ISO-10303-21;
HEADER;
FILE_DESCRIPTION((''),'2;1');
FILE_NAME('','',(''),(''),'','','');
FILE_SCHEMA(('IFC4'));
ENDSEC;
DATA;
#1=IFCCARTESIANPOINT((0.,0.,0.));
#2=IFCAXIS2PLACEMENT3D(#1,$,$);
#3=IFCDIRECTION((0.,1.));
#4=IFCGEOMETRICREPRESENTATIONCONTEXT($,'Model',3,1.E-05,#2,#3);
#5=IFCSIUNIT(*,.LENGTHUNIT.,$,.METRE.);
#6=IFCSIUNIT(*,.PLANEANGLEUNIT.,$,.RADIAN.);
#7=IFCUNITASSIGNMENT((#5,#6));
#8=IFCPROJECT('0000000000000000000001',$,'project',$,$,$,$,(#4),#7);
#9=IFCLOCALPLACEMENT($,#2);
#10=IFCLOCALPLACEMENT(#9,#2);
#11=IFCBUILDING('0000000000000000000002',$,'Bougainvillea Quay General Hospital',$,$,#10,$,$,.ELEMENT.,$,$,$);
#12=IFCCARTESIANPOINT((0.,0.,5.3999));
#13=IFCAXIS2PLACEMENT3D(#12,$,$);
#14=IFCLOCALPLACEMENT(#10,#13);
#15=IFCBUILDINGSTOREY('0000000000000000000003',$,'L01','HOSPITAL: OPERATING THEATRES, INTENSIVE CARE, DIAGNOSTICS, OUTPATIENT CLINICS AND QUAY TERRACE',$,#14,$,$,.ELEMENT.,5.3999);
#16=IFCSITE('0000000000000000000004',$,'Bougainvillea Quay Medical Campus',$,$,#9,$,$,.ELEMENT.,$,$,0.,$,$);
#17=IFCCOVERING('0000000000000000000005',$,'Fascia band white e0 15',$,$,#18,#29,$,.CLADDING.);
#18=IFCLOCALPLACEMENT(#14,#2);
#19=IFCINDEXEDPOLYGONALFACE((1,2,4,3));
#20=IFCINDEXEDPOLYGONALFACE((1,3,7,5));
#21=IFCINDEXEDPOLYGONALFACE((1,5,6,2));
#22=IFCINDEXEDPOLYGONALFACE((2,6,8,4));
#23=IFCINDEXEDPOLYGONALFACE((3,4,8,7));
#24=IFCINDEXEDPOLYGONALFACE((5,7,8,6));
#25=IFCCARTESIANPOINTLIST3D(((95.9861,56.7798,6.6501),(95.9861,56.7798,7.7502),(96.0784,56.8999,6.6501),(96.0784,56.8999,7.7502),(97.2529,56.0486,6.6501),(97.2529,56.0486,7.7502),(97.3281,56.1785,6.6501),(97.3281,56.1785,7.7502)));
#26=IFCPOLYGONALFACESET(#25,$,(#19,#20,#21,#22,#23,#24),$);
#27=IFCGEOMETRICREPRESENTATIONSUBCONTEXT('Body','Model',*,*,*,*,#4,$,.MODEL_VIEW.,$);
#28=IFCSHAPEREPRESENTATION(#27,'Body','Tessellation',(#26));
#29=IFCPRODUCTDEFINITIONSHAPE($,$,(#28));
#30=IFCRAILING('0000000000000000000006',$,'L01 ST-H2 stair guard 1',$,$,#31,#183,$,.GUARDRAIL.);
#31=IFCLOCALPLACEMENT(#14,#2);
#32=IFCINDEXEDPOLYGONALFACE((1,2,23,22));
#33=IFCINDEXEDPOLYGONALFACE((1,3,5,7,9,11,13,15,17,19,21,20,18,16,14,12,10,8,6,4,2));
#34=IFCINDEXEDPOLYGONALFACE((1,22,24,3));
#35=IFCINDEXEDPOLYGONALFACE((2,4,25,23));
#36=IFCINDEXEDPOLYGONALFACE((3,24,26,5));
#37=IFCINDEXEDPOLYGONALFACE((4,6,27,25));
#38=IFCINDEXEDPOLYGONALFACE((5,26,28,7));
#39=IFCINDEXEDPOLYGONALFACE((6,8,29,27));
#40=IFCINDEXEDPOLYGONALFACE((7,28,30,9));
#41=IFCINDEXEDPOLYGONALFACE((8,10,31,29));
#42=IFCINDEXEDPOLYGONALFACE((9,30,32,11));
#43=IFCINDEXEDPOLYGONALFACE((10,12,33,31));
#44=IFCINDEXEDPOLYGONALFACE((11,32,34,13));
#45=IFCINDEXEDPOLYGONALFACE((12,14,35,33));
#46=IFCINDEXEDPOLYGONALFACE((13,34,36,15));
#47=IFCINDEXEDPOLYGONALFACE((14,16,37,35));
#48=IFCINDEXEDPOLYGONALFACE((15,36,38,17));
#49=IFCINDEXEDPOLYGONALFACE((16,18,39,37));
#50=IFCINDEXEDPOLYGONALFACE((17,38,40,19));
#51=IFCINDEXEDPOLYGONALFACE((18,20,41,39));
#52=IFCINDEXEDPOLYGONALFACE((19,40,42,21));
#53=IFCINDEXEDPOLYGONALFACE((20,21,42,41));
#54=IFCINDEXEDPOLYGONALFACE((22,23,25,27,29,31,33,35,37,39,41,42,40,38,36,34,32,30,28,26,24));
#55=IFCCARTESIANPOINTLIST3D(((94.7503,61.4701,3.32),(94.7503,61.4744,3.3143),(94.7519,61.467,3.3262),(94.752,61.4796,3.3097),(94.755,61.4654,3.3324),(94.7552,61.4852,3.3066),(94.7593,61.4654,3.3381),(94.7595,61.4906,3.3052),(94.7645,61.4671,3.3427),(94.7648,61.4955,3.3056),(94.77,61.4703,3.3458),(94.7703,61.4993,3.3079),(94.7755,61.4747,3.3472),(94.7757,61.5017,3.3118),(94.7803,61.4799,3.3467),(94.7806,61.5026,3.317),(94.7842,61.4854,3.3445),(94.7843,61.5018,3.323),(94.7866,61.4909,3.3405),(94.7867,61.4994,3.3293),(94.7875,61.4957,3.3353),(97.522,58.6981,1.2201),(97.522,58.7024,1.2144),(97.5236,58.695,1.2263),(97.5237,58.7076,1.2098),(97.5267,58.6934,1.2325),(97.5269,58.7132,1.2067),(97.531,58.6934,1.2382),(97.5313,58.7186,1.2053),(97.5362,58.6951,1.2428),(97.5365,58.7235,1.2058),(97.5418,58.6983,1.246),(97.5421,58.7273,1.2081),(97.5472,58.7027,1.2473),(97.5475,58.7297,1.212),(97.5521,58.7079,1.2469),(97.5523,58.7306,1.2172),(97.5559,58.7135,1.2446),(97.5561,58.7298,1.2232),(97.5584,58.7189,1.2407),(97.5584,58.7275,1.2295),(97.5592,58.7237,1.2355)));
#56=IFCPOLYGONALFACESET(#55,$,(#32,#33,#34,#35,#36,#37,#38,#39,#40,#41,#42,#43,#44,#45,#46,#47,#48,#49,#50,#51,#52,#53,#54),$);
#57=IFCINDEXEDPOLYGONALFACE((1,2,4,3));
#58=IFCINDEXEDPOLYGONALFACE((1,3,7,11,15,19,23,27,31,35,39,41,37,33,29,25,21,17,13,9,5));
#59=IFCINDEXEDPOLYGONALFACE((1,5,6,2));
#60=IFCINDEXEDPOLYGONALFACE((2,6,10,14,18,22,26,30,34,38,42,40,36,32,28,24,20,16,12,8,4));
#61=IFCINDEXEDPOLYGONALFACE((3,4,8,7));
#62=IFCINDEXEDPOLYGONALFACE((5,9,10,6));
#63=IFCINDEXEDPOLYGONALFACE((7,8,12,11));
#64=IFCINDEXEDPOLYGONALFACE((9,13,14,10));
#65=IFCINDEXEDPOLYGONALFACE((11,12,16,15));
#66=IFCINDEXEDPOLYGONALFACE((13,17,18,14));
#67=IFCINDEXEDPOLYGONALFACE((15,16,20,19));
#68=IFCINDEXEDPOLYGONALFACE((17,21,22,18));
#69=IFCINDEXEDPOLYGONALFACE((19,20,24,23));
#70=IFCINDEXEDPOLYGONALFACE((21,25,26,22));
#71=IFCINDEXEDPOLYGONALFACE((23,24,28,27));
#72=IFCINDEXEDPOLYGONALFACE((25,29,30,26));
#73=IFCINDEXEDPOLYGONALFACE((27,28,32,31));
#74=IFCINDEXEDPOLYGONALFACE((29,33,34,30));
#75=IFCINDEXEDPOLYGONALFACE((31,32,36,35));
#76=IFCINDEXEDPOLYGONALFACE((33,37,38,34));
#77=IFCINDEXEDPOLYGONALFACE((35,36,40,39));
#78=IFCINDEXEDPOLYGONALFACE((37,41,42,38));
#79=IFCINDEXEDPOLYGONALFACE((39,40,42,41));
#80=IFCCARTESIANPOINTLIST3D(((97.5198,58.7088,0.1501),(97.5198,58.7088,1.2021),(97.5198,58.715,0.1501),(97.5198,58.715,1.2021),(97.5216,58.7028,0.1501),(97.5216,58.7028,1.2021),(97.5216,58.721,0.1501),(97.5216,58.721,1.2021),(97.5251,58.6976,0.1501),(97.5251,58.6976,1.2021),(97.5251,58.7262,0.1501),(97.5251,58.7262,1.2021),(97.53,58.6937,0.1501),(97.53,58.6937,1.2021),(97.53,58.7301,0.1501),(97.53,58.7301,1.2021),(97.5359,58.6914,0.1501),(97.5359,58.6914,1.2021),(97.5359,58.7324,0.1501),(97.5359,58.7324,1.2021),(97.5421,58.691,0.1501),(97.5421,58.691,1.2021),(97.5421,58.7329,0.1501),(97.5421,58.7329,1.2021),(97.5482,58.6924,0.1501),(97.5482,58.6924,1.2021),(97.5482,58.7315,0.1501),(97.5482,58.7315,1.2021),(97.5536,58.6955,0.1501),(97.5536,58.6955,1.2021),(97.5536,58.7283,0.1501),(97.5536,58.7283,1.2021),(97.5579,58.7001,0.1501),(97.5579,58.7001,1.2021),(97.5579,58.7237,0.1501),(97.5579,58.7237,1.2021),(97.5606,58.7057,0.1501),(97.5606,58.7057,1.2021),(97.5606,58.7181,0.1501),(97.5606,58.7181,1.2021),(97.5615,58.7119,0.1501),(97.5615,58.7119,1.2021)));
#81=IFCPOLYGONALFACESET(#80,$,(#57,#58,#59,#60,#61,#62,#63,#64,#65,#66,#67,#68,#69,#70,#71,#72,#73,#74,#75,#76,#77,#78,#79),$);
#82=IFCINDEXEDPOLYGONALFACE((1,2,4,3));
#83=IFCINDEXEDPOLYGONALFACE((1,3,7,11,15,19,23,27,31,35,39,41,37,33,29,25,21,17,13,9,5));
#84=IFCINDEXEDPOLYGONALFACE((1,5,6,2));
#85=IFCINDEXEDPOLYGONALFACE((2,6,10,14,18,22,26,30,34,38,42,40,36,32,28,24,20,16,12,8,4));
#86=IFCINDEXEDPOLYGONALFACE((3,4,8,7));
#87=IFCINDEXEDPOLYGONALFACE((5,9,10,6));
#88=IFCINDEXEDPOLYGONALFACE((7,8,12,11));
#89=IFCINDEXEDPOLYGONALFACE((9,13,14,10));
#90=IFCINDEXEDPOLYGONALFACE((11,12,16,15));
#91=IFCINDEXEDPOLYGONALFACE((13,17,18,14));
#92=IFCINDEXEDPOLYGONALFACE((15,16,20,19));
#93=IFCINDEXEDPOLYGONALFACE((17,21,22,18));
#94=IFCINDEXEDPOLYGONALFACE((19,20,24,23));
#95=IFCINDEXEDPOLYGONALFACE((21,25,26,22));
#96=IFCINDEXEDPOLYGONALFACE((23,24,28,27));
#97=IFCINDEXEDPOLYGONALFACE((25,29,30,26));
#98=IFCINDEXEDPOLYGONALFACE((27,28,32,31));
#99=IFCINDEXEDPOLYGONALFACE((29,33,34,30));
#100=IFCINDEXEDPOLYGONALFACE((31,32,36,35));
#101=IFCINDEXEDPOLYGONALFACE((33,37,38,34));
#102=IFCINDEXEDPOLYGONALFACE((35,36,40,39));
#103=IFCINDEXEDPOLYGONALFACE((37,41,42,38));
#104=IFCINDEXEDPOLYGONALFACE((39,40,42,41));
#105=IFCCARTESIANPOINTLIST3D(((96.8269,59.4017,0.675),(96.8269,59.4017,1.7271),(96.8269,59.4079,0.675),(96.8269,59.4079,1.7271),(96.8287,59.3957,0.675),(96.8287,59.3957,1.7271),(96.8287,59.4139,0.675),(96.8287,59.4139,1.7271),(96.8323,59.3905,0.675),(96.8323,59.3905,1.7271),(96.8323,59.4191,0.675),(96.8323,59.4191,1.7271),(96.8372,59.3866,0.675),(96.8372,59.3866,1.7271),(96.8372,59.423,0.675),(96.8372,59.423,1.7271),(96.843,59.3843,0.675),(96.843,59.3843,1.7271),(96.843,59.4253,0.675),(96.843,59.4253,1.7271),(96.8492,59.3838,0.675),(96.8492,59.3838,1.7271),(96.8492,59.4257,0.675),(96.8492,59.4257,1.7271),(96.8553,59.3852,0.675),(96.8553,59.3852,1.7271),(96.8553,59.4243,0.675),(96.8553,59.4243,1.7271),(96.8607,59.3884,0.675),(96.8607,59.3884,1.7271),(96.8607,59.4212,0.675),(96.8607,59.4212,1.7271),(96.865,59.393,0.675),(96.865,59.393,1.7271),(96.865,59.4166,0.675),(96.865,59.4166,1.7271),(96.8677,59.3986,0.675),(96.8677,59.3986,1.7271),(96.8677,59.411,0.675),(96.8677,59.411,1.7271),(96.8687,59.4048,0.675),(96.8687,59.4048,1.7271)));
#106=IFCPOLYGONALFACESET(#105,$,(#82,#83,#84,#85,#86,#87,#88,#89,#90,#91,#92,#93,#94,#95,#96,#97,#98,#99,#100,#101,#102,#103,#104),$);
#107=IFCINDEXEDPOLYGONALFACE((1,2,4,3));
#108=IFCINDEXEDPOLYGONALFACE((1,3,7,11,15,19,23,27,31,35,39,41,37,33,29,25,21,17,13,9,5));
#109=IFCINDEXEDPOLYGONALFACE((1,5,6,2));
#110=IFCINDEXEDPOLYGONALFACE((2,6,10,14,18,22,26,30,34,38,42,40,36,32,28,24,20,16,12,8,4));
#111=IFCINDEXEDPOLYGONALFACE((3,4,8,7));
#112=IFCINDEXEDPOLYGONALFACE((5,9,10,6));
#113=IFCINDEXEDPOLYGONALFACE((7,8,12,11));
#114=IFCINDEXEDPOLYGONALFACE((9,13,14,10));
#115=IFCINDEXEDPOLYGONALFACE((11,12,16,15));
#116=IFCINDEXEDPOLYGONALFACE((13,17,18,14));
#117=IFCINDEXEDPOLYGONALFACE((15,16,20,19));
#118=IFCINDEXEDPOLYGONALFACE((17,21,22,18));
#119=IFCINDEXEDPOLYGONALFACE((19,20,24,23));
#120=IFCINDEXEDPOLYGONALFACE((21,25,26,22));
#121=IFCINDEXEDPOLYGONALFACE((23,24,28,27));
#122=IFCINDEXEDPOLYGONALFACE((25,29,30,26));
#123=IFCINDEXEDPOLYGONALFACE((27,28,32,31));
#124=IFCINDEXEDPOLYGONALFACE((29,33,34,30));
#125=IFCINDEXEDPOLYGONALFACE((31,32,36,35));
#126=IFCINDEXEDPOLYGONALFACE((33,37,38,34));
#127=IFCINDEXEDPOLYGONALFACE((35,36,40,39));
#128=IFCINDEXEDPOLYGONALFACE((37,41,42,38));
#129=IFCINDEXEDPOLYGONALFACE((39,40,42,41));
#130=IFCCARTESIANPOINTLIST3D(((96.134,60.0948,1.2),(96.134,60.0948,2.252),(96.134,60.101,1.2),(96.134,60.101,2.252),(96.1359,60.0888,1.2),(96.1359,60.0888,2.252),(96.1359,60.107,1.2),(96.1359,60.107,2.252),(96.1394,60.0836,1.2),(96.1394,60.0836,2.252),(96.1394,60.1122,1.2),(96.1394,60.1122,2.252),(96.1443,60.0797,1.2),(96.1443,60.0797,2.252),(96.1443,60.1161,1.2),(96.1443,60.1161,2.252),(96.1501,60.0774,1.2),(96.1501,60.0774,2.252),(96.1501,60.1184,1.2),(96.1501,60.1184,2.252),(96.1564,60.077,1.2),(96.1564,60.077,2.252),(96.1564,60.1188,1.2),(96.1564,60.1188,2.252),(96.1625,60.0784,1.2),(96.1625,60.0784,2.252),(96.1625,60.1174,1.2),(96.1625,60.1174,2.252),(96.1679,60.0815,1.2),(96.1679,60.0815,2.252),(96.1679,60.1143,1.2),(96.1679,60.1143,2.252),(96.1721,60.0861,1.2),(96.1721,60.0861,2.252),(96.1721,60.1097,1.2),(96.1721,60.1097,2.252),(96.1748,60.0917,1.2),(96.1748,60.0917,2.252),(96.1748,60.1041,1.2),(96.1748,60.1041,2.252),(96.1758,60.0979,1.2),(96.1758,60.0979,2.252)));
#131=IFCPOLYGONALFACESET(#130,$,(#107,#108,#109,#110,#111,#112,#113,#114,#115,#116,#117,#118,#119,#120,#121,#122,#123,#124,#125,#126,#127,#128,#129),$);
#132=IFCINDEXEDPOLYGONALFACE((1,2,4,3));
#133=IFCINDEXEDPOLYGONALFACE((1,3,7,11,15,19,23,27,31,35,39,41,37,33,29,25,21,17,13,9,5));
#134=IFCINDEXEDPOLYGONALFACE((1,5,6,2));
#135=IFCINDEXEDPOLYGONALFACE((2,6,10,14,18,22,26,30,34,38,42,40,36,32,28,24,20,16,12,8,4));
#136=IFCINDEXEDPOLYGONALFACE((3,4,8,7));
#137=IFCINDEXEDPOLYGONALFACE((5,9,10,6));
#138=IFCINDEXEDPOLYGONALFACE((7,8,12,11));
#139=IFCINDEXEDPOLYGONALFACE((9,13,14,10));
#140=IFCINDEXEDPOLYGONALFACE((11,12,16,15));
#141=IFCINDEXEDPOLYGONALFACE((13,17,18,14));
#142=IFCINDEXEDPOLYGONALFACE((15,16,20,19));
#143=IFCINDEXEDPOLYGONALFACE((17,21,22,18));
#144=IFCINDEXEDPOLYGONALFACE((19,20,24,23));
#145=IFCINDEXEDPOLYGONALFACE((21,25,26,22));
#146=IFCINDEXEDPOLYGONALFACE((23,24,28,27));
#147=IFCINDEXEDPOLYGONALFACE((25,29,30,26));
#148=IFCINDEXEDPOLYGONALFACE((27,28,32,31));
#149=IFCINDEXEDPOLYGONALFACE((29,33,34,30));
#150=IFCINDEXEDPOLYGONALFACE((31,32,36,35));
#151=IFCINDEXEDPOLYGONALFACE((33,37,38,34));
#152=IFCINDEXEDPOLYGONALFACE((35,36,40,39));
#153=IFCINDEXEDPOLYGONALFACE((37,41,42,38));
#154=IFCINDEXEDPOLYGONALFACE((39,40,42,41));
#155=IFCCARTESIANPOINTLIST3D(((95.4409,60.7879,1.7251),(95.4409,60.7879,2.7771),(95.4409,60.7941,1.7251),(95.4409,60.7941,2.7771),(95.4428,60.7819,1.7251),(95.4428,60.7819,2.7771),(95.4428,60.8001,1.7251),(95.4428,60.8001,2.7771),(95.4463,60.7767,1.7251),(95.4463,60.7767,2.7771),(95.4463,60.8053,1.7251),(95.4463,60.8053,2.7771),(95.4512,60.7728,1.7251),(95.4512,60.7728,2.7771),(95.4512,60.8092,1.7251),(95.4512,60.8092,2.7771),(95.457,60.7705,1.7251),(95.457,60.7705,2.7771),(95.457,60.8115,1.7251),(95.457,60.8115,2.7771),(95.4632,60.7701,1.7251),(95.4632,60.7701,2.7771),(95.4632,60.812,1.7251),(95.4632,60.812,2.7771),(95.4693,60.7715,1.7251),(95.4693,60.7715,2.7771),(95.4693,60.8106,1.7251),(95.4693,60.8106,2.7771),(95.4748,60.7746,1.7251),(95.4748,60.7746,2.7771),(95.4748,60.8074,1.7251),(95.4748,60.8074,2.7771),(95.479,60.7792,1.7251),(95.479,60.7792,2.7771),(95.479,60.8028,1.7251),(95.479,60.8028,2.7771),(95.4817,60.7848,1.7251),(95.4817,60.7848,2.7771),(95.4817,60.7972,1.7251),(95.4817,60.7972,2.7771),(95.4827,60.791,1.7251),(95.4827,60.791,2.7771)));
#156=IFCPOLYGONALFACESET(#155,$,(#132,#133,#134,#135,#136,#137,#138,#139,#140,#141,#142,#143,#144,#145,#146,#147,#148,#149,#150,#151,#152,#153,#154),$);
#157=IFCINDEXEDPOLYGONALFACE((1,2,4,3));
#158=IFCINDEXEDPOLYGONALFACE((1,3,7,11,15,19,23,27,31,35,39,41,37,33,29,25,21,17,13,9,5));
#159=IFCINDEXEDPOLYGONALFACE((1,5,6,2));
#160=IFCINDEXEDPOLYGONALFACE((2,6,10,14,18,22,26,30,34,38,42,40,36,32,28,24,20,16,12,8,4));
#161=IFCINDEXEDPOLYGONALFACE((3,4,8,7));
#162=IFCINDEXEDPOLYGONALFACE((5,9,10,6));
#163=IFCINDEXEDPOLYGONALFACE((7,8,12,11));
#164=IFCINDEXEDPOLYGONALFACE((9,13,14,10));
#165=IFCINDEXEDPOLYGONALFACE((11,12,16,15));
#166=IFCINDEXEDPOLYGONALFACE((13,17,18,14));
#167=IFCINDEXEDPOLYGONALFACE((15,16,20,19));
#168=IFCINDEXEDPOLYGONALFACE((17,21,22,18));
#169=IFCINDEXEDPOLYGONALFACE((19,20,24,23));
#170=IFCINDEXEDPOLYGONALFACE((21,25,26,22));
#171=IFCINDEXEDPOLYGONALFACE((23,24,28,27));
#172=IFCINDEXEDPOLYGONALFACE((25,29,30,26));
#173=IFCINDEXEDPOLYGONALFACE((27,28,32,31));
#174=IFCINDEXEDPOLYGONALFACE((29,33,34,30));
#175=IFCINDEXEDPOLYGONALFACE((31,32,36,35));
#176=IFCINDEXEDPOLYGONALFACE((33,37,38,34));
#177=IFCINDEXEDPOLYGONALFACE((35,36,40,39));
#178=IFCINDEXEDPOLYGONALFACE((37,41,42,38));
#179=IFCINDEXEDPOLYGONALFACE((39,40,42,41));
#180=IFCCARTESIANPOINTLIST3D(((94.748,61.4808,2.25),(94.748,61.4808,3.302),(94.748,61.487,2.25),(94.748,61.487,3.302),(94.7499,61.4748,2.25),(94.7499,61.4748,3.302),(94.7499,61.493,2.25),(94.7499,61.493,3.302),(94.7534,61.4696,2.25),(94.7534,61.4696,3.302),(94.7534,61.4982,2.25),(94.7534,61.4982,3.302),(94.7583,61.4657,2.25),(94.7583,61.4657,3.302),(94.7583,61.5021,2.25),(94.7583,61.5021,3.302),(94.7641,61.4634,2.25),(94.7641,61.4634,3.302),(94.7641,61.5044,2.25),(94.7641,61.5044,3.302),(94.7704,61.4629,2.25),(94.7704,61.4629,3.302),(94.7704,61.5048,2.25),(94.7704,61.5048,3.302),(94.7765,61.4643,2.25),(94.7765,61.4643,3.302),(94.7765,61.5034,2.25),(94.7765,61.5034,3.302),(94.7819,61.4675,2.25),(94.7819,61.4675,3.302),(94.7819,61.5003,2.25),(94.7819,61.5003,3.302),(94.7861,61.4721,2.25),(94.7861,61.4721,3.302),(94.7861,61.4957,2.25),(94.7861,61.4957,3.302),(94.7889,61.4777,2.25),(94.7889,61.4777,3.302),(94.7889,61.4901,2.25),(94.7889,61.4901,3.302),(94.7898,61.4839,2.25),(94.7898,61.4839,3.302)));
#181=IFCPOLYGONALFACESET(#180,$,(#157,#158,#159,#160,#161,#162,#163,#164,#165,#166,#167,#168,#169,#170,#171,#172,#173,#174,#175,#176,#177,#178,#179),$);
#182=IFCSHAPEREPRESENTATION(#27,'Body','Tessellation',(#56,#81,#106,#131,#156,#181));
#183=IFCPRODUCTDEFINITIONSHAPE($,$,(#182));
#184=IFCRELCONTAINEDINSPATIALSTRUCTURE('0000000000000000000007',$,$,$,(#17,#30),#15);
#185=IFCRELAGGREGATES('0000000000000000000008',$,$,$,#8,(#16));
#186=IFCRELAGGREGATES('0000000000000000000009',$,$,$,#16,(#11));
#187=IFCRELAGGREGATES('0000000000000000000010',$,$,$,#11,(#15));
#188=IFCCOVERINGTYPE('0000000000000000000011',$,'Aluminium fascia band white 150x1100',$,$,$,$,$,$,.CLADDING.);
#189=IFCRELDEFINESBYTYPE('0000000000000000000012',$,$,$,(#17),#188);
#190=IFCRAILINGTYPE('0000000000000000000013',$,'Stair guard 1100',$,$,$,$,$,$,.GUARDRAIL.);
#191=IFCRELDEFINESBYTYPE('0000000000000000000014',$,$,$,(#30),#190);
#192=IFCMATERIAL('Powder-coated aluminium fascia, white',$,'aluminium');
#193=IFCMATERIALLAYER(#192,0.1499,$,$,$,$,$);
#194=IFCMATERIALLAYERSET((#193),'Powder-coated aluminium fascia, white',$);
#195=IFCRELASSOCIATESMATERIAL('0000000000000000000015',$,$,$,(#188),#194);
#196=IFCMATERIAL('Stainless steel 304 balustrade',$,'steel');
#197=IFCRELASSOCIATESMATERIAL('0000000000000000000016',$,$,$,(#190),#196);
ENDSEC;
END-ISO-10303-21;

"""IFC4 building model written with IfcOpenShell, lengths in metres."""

from ifc_helpers import new_model, si_unit, direction, frame, origin, origin_2d, place, context, subcontext, project, spatial, polyline, circle, outline, extrude, material, layer, layer_set, type_object, element, save


model = new_model("IFC4")

# Units and contexts
model_context = context("Model", 3, precision=1e-05, world=origin(), true_north=direction((0.0, 1.0)))
body_context = subcontext(model_context, "Body", "Model", "MODEL_VIEW")
ifc_project = project(units=[si_unit("LENGTHUNIT", "METRE"), si_unit("PLANEANGLEUNIT", "RADIAN")], contexts=[model_context])

# Site, building, storey
site_placement = place(None, origin())
site = spatial("IfcSite", under=ifc_project, at=site_placement, Name="Bougainvillea Quay Medical Campus", CompositionType="ELEMENT", RefElevation=0.0)
building_placement = place(site_placement, origin())
building = spatial("IfcBuilding", under=site, at=building_placement, Name="Bougainvillea Quay General Hospital", CompositionType="ELEMENT")
storey_placement = place(building_placement, frame((0.0, 0.0, 5.3999)))
storey = spatial("IfcBuildingStorey", under=building, at=storey_placement, Name="L01", Description="HOSPITAL: OPERATING THEATRES, INTENSIVE CARE, DIAGNOSTICS, OUTPATIENT CLINICS AND QUAY TERRACE", CompositionType="ELEMENT", Elevation=5.3999)

# Covering
ifc_material_1 = material(Name="Powder-coated aluminium fascia, white", Category="aluminium")
ifc_layer_1 = layer(ifc_material_1, 0.1499)
ifc_layer_set_1 = layer_set([ifc_layer_1], Name="Powder-coated aluminium fascia, white")
covering_type = type_object("IfcCoveringType", Name="Aluminium fascia band white 150x1100", PredefinedType="CLADDING", material=ifc_layer_set_1)
covering_1_placement = place(storey_placement, frame((96.0784, 56.8999, 6.6501), z_axis=(0.0, 0.0, 1.0), x_axis=(0.866059, -0.499942, 0.0)))
element("IfcCovering", 1, at=covering_1_placement, inside=storey, type_object=covering_type, Name="Fascia band white e0 15", PredefinedType="CLADDING", context=body_context, shape_type="SweptSolid", body=[
    extrude(outline(polyline([(0.0, 0.0), (1.443, 0.0), (1.4428, -0.1501), (-0.0199, -0.1502), (0.0, 0.0)])), origin(), (0.0, 0.0, 1.0), 1.1001),
])

# Railing
ifc_material_2 = material(Name="Stainless steel 304 balustrade", Category="steel")
railing_type_1 = type_object("IfcRailingType", Name="Stair guard 1100", PredefinedType="GUARDRAIL", material=ifc_material_2)
railing_1_placement = place(storey_placement, frame((97.5405, 58.7119, 0.1501)))
element("IfcRailing", 2, at=railing_1_placement, inside=storey, type_object=railing_type_1, Name="L01 ST-H2 stair guard 1", PredefinedType="GUARDRAIL", context=body_context, shape_type="SweptSolid", body=[
    extrude(circle(Radius=0.0239, at=origin_2d()), frame((0.0, 0.0, 1.0762), z_axis=(-0.623282, 0.623337, 0.472197), x_axis=(-0.707138, -0.707076, 0.0)), (0.0, 0.0, 1.0), 4.447),
    extrude(circle(Radius=0.021, at=origin_2d()), origin(), (0.0, 0.0, 1.0), 1.052),
    extrude(circle(Radius=0.021, at=origin_2d()), frame((-0.6929, 0.6929, 0.5249)), (0.0, 0.0, 1.0), 1.052),
    extrude(circle(Radius=0.021, at=origin_2d()), frame((-1.3857, 1.386, 1.0498)), (0.0, 0.0, 1.0), 1.052),
    extrude(circle(Radius=0.021, at=origin_2d()), frame((-2.0789, 2.0791, 1.575)), (0.0, 0.0, 1.0), 1.052),
    extrude(circle(Radius=0.021, at=origin_2d()), frame((-2.7717, 2.772, 2.0999)), (0.0, 0.0, 1.0), 1.052),
])

save(model, "model.ifc")
